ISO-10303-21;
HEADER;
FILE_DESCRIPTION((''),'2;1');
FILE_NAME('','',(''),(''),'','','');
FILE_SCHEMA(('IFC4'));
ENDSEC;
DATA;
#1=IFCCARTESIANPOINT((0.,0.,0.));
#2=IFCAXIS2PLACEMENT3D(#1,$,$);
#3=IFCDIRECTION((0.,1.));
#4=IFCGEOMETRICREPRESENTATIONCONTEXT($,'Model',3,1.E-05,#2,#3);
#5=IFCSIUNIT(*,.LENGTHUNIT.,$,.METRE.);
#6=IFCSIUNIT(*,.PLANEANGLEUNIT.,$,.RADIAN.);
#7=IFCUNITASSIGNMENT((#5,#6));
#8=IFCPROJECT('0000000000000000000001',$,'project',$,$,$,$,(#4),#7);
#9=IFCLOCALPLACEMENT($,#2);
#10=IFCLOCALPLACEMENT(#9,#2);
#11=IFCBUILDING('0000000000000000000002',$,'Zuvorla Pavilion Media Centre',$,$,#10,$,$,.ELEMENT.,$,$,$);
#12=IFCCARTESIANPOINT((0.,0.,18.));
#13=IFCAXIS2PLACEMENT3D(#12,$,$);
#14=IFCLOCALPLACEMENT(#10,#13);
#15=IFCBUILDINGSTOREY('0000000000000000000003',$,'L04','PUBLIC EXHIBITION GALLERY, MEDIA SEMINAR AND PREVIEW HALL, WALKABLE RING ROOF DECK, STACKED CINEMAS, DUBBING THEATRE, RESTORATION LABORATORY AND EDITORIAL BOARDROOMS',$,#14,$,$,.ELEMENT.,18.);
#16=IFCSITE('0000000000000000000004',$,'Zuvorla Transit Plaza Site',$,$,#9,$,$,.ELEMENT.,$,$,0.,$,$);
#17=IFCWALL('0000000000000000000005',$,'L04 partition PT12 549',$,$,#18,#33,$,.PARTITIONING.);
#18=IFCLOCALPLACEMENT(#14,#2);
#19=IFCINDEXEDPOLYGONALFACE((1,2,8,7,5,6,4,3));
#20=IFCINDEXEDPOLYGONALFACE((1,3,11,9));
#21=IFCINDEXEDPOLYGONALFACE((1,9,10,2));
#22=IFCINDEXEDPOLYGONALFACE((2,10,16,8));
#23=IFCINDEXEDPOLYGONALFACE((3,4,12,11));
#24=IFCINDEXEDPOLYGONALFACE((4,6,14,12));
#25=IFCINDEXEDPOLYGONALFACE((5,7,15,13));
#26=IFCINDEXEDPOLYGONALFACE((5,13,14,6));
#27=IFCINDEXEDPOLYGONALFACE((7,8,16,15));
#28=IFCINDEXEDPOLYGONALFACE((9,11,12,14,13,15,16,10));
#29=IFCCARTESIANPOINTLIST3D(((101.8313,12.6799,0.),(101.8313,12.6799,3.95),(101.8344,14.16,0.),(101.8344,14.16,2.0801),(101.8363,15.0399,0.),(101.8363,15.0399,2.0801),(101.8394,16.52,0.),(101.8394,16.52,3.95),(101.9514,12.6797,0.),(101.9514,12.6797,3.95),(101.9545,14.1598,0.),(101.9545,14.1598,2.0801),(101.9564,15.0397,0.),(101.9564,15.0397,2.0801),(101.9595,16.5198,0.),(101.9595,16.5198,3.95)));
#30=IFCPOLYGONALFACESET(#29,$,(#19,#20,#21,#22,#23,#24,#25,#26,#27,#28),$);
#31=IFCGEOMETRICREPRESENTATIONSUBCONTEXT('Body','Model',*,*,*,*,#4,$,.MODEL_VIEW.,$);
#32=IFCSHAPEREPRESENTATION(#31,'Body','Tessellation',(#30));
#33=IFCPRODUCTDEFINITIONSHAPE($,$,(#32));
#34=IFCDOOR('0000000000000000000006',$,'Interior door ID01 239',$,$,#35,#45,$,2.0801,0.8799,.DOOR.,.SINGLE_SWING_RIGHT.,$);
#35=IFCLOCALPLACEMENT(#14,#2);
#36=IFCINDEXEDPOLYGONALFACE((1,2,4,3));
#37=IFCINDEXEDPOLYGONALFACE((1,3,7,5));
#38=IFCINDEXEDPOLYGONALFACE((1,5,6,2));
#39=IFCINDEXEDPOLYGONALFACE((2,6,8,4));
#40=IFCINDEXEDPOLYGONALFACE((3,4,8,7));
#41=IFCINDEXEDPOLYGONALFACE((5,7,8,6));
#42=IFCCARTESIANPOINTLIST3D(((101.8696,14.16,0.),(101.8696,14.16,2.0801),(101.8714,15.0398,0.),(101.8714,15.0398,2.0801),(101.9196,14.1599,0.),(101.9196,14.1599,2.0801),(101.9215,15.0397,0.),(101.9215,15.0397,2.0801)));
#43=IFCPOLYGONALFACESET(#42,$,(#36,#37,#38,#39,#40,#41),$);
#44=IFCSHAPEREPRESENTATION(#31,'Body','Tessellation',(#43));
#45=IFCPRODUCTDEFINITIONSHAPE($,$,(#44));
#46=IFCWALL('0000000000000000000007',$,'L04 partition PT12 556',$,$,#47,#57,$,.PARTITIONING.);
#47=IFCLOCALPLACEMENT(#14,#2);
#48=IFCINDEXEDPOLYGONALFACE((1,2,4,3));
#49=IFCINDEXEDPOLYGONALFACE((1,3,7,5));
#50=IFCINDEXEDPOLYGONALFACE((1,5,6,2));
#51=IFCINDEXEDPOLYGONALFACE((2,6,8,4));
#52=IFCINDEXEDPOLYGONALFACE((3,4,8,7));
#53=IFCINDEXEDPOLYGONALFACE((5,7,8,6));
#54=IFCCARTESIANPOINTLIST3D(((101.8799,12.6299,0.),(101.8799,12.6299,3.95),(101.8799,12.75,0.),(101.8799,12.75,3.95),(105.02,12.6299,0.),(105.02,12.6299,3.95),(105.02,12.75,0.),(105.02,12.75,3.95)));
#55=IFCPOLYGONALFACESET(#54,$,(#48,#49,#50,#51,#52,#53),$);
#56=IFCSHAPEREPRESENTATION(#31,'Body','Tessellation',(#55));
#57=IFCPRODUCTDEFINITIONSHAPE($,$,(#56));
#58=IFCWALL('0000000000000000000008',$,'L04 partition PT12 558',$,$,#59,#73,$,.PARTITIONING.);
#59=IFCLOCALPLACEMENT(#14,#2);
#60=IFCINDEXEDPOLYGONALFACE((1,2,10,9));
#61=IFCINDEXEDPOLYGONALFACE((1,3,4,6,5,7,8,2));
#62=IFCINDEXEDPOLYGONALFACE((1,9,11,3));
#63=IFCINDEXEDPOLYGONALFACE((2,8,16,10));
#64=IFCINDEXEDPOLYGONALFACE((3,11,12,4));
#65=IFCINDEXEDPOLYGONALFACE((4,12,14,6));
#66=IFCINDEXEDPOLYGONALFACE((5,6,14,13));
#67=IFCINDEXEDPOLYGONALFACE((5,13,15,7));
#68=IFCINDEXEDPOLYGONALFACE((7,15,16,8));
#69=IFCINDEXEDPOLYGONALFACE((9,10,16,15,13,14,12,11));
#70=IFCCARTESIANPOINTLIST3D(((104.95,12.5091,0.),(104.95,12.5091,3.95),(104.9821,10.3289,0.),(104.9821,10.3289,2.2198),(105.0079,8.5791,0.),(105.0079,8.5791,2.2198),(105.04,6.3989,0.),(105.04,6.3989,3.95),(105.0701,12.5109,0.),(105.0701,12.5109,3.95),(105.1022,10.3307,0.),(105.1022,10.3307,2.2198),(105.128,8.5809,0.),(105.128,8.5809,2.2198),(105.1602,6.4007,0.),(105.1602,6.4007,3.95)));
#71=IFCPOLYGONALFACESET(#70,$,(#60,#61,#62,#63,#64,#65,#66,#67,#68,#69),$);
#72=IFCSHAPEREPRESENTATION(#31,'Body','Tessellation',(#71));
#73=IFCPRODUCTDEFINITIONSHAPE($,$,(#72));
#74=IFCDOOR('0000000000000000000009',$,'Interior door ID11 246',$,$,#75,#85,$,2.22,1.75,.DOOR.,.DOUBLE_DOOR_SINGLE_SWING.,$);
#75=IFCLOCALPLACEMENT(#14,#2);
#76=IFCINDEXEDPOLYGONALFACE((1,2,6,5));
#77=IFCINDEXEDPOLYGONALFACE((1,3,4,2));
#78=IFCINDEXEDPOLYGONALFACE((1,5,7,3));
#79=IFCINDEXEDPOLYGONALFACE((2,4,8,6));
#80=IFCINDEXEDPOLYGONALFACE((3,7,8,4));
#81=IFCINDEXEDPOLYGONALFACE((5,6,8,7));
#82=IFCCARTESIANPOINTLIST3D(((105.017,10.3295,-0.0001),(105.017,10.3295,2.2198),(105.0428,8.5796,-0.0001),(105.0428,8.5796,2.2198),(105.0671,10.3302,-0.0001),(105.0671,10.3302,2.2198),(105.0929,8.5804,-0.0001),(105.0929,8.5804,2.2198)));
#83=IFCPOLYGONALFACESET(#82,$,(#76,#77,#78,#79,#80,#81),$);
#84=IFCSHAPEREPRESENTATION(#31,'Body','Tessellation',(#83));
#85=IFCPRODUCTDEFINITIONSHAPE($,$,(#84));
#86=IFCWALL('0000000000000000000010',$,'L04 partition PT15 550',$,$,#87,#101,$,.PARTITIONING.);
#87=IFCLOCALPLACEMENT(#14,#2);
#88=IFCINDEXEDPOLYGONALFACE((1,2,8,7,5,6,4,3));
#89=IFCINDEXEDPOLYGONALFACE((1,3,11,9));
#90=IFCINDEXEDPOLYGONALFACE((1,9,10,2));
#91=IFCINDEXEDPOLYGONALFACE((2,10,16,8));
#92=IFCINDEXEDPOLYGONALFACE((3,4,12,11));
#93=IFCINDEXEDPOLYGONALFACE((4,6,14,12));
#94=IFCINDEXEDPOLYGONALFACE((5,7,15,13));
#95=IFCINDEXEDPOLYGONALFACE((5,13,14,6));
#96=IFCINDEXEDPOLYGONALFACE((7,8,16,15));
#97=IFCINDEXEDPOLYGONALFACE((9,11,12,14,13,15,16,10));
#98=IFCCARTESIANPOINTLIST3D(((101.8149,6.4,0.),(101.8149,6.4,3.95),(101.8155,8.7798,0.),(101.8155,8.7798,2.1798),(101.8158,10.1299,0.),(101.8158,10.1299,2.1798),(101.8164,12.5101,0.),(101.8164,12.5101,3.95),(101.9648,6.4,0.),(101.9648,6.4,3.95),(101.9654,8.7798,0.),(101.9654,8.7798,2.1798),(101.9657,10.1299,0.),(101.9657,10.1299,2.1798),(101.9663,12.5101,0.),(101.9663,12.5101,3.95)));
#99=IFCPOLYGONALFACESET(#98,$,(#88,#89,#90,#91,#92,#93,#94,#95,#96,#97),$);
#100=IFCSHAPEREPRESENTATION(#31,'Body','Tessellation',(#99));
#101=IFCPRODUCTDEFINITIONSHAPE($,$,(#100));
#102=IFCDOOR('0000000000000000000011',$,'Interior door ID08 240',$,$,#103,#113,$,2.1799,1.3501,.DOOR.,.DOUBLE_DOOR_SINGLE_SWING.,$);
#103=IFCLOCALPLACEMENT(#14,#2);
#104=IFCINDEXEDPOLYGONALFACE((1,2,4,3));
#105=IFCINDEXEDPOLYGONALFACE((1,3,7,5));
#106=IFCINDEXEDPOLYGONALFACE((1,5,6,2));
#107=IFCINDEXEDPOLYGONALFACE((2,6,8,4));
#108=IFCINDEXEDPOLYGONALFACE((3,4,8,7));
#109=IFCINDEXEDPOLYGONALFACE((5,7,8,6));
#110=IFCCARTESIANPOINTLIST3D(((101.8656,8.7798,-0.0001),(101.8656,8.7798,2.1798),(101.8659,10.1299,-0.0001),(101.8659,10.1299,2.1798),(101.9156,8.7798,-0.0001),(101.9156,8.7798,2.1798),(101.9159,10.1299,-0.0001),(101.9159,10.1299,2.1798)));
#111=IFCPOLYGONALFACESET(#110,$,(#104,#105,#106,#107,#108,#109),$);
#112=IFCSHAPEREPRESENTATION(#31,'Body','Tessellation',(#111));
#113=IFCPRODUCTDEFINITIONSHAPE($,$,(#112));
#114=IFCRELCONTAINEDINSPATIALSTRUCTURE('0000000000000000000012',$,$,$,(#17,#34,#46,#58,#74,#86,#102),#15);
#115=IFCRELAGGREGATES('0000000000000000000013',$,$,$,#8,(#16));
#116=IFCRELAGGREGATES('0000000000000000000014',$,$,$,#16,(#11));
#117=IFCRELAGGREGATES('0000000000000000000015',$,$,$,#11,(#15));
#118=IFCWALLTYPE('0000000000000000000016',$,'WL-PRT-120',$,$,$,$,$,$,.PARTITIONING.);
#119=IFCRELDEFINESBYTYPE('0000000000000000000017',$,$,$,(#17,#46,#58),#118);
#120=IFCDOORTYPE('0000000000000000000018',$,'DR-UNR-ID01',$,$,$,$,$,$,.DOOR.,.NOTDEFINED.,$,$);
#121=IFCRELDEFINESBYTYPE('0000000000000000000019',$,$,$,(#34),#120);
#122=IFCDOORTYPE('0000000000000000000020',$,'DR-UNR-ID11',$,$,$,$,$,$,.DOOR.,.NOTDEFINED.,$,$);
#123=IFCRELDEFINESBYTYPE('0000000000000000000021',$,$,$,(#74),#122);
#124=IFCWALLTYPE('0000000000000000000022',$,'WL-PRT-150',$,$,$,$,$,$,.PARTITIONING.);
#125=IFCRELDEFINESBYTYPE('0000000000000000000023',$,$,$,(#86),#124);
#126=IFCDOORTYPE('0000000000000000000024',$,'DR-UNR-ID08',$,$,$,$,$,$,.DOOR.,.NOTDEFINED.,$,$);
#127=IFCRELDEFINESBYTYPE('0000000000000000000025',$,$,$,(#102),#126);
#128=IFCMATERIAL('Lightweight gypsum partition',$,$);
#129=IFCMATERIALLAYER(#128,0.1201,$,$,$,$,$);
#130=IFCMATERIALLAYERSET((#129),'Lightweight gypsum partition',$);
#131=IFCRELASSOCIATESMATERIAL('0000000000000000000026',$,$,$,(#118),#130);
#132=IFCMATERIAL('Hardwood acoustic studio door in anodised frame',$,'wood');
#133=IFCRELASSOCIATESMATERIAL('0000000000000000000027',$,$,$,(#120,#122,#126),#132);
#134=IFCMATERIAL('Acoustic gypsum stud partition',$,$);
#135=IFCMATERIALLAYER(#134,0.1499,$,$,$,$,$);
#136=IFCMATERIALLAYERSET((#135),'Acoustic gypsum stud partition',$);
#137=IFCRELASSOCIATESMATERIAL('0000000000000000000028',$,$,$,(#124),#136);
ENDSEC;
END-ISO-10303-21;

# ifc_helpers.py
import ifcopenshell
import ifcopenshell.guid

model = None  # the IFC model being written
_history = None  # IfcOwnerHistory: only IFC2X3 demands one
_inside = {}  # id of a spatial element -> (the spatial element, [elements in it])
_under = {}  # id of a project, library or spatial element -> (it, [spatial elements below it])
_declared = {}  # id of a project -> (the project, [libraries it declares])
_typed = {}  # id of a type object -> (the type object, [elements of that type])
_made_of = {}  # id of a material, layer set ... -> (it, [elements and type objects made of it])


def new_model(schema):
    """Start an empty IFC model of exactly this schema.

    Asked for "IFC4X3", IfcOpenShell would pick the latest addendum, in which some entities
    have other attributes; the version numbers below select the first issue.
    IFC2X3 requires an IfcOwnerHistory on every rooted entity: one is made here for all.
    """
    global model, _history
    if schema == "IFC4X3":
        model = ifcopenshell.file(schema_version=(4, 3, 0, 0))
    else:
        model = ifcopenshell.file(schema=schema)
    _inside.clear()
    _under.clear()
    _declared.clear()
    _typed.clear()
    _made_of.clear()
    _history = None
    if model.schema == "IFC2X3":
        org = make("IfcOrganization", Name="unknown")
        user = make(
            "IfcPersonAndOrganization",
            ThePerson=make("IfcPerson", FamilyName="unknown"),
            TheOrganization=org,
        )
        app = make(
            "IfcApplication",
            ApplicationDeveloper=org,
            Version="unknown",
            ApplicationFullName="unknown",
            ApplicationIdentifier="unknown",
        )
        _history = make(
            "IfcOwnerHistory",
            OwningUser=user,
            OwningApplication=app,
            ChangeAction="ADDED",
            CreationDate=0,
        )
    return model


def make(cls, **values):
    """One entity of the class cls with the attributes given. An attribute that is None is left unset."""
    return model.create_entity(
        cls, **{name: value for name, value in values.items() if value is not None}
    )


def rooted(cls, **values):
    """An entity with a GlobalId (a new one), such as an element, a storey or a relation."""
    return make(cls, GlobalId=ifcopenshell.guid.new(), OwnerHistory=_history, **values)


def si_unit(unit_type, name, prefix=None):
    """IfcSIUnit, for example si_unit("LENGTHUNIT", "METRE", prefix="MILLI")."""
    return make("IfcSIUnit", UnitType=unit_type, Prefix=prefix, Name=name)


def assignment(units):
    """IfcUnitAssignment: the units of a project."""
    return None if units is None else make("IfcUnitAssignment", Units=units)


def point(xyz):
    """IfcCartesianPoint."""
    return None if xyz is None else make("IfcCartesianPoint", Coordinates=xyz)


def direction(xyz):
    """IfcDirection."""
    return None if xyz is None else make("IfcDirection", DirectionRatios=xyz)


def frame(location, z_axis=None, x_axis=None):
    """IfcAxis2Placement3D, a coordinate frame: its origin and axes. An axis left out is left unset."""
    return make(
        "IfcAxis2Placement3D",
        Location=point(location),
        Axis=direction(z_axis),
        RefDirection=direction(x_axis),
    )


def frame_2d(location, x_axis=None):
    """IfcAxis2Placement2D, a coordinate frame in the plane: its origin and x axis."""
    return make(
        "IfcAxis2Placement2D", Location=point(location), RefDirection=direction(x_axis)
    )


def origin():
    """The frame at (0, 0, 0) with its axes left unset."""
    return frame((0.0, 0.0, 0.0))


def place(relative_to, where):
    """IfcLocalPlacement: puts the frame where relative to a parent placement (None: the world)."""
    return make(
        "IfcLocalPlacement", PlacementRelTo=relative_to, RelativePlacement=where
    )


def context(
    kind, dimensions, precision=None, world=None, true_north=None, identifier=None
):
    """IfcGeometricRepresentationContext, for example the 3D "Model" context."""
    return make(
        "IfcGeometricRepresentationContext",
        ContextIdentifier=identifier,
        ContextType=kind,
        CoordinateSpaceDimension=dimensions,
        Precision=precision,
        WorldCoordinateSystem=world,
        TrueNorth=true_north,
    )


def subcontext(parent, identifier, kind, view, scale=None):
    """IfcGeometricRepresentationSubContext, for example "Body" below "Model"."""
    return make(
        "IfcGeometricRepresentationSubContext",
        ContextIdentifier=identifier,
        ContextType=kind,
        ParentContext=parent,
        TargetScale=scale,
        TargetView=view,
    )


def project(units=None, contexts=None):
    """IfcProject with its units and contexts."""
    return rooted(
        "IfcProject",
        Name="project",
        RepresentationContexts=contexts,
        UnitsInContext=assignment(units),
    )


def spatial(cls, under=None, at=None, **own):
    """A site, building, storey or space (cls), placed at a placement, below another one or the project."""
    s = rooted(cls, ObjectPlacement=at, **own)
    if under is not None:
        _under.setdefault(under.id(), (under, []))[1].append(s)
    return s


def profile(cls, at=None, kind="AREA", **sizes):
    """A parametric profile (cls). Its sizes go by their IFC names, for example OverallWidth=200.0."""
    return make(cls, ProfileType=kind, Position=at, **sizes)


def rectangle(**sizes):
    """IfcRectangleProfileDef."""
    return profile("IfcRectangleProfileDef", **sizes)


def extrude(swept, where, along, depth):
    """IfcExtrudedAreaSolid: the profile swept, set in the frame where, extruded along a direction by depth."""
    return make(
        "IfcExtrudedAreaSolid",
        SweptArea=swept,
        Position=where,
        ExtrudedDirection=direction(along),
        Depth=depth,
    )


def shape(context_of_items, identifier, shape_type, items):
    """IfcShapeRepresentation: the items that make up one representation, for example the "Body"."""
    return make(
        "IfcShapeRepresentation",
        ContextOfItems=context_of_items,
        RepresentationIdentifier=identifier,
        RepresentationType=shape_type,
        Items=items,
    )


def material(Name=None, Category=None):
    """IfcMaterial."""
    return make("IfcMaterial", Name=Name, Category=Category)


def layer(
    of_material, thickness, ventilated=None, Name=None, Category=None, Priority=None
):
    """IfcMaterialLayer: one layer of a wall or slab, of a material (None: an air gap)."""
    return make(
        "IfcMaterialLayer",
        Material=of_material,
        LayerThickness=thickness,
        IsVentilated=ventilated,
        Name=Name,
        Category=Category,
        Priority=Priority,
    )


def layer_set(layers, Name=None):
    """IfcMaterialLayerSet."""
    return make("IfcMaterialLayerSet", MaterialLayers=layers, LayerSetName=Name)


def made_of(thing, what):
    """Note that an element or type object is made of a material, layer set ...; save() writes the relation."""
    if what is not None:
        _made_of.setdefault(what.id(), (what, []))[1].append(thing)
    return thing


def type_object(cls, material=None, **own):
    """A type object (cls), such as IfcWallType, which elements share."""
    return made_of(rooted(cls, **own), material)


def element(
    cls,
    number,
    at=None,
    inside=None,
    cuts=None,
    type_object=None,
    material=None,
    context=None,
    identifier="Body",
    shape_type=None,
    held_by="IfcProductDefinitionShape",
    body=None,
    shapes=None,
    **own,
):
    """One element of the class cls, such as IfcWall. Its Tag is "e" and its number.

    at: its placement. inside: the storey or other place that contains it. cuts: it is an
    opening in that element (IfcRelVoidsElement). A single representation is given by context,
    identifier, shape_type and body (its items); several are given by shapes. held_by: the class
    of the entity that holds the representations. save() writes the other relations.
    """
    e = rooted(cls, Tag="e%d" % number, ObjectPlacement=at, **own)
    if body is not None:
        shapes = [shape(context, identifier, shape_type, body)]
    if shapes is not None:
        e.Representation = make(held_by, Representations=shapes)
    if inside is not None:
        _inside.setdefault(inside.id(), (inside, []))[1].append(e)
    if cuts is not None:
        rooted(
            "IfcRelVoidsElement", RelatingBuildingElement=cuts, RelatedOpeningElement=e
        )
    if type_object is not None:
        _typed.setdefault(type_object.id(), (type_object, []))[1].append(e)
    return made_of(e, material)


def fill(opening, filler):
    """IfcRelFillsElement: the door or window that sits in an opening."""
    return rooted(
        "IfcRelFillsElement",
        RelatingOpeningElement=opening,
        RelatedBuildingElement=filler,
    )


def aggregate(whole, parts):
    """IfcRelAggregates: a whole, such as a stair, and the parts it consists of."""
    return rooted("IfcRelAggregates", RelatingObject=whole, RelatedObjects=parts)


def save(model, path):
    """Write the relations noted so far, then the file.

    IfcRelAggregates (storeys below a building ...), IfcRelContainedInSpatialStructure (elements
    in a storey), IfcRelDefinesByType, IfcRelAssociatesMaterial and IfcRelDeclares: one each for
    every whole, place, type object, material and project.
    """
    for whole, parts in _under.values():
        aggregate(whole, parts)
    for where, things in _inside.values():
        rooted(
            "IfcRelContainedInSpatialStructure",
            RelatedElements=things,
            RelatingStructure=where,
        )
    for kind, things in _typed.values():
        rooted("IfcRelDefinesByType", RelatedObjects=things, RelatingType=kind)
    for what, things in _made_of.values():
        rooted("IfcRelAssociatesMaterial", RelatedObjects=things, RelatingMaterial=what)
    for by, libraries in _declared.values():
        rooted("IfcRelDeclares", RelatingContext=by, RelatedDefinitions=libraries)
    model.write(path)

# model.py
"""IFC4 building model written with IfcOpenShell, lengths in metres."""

from ifc_helpers import new_model, si_unit, direction, frame, frame_2d, origin, place, context, subcontext, project, spatial, rectangle, extrude, material, layer, layer_set, type_object, element, fill, save


model = new_model("IFC4")

# Units and contexts
model_context = context("Model", 3, precision=1e-05, world=origin(), true_north=direction((0.0, 1.0)))
body_context = subcontext(model_context, "Body", "Model", "MODEL_VIEW")
ifc_project = project(units=[si_unit("LENGTHUNIT", "METRE"), si_unit("PLANEANGLEUNIT", "RADIAN")], contexts=[model_context])

# Site, building, storey
site_placement = place(None, origin())
site = spatial("IfcSite", under=ifc_project, at=site_placement, Name="Zuvorla Transit Plaza Site", CompositionType="ELEMENT", RefElevation=0.0)
building_placement = place(site_placement, origin())
building = spatial("IfcBuilding", under=site, at=building_placement, Name="Zuvorla Pavilion Media Centre", CompositionType="ELEMENT")
storey_placement = place(building_placement, frame((0.0, 0.0, 18.0)))
storey = spatial("IfcBuildingStorey", under=building, at=storey_placement, Name="L04", Description="PUBLIC EXHIBITION GALLERY, MEDIA SEMINAR AND PREVIEW HALL, WALKABLE RING ROOF DECK, STACKED CINEMAS, DUBBING THEATRE, RESTORATION LABORATORY AND EDITORIAL BOARDROOMS", CompositionType="ELEMENT", Elevation=18.0)

# Wall, opening, door
ifc_material_1 = material(Name="Lightweight gypsum partition")
ifc_layer_1 = layer(ifc_material_1, 0.1201)
ifc_layer_set_1 = layer_set([ifc_layer_1], Name="Lightweight gypsum partition")
wall_type_1 = type_object("IfcWallType", Name="WL-PRT-120", PredefinedType="PARTITIONING", material=ifc_layer_set_1)
wall_1_placement = place(storey_placement, frame((101.8914, 12.6799, 0.0), z_axis=(0.0, 0.0, 1.0), x_axis=(0.002098, 0.999998, 0.0)))
wall_1 = element("IfcWall", 1, at=wall_1_placement, inside=storey, type_object=wall_type_1, Name="L04 partition PT12 549", PredefinedType="PARTITIONING", context=body_context, shape_type="SweptSolid", body=[
    extrude(rectangle(XDim=3.8401, YDim=0.1201, at=frame_2d((1.9199, 0.0))), origin(), (0.0, 0.0, 1.0), 3.95),
])
opening_1_placement = place(wall_1_placement, frame((1.48, 0.0, 0.0)))
opening_1 = element("IfcOpeningElement", 2, at=opening_1_placement, cuts=wall_1, PredefinedType="OPENING", context=body_context, shape_type="SweptSolid", body=[
    extrude(rectangle(XDim=0.8799, YDim=2.0801, at=frame_2d((0.4399, 1.04))), frame((0.0, 0.0701, 0.0), z_axis=(0.0, -1.0, 0.0), x_axis=(1.0, 0.0, 0.0)), (0.0, 0.0, 1.0), 0.1401),
])
ifc_material_2 = material(Name="Hardwood acoustic studio door in anodised frame", Category="wood")
door_type_1 = type_object("IfcDoorType", Name="DR-UNR-ID01", OperationType="NOTDEFINED", PredefinedType="DOOR", material=ifc_material_2)
door_1_placement = place(opening_1_placement, origin())
door_1 = element("IfcDoor", 3, at=door_1_placement, inside=storey, type_object=door_type_1, Name="Interior door ID01 239", OperationType="SINGLE_SWING_RIGHT", OverallHeight=2.0801, OverallWidth=0.8799, PredefinedType="DOOR", context=body_context, shape_type="SweptSolid", body=[
    extrude(rectangle(XDim=0.8799, YDim=2.0801, at=frame_2d((0.4399, 1.04))), frame((0.0, 0.0249, 0.0), z_axis=(0.0, -1.0, 0.0), x_axis=(1.0, 0.0, 0.0)), (0.0, 0.0, 1.0), 0.05),
])
fill(opening_1, door_1)

# Wall
wall_2_placement = place(storey_placement, frame((105.02, 12.6899, 0.0), z_axis=(0.0, 0.0, 1.0), x_axis=(-1.0, 0.0, 0.0)))
element("IfcWall", 4, at=wall_2_placement, inside=storey, type_object=wall_type_1, Name="L04 partition PT12 556", PredefinedType="PARTITIONING", context=body_context, shape_type="SweptSolid", body=[
    extrude(rectangle(XDim=3.1401, YDim=0.1201, at=frame_2d((1.5701, 0.0))), origin(), (0.0, 0.0, 1.0), 3.95),
])

# Walls, openings, doors
wall_3_placement = place(storey_placement, frame((105.01, 12.51, 0.0), z_axis=(0.0, 0.0, 1.0), x_axis=(0.014742, -0.999891, 0.0)))
wall_3 = element("IfcWall", 5, at=wall_3_placement, inside=storey, type_object=wall_type_1, Name="L04 partition PT12 558", PredefinedType="PARTITIONING", context=body_context, shape_type="SweptSolid", body=[
    extrude(rectangle(XDim=6.1108, YDim=0.1201, at=frame_2d((3.0554, 0.0))), origin(), (0.0, 0.0, 1.0), 3.95),
])
opening_2_placement = place(wall_3_placement, frame((2.1804, 0.0, 0.0)))
opening_2 = element("IfcOpeningElement", 6, at=opening_2_placement, cuts=wall_3, PredefinedType="OPENING", context=body_context, shape_type="SweptSolid", body=[
    extrude(rectangle(XDim=1.75, YDim=2.22, at=frame_2d((0.875, 1.1099))), frame((0.0, 0.0701, 0.0), z_axis=(0.0, -1.0, 0.0), x_axis=(1.0, 0.0, 0.0)), (0.0, 0.0, 1.0), 0.1401),
])
door_type_2 = type_object("IfcDoorType", Name="DR-UNR-ID11", OperationType="NOTDEFINED", PredefinedType="DOOR", material=ifc_material_2)
door_2_placement = place(opening_2_placement, origin())
door_2 = element("IfcDoor", 7, at=door_2_placement, inside=storey, type_object=door_type_2, Name="Interior door ID11 246", OperationType="DOUBLE_DOOR_SINGLE_SWING", OverallHeight=2.22, OverallWidth=1.75, PredefinedType="DOOR", context=body_context, shape_type="SweptSolid", body=[
    extrude(rectangle(XDim=1.75, YDim=2.22, at=frame_2d((0.875, 1.1099))), frame((0.0, 0.0249, 0.0), z_axis=(0.0, -1.0, 0.0), x_axis=(1.0, 0.0, 0.0)), (0.0, 0.0, 1.0), 0.05),
])
fill(opening_2, door_2)
ifc_material_3 = material(Name="Acoustic gypsum stud partition")
ifc_layer_2 = layer(ifc_material_3, 0.1499)
ifc_layer_set_2 = layer_set([ifc_layer_2], Name="Acoustic gypsum stud partition")
wall_type_2 = type_object("IfcWallType", Name="WL-PRT-150", PredefinedType="PARTITIONING", material=ifc_layer_set_2)
wall_4_placement = place(storey_placement, frame((101.8899, 6.3999, 0.0), z_axis=(0.0, 0.0, 1.0), x_axis=(0.00024, 1.0, 0.0)))
wall_4 = element("IfcWall", 8, at=wall_4_placement, inside=storey, type_object=wall_type_2, Name="L04 partition PT15 550", PredefinedType="PARTITIONING", context=body_context, shape_type="SweptSolid", body=[
    extrude(rectangle(XDim=6.1101, YDim=0.1499, at=frame_2d((3.0552, 0.0))), origin(), (0.0, 0.0, 1.0), 3.95),
])
opening_3_placement = place(wall_4_placement, frame((2.3799, 0.0, 0.0)))
opening_3 = element("IfcOpeningElement", 9, at=opening_3_placement, cuts=wall_4, PredefinedType="OPENING", context=body_context, shape_type="SweptSolid", body=[
    extrude(rectangle(XDim=1.3501, YDim=2.1799, at=frame_2d((0.675, 1.0898))), frame((0.0, 0.085, 0.0), z_axis=(0.0, -1.0, 0.0), x_axis=(1.0, 0.0, 0.0)), (0.0, 0.0, 1.0), 0.1699),
])
door_type_3 = type_object("IfcDoorType", Name="DR-UNR-ID08", OperationType="NOTDEFINED", PredefinedType="DOOR", material=ifc_material_2)
door_3_placement = place(opening_3_placement, origin())
door_3 = element("IfcDoor", 10, at=door_3_placement, inside=storey, type_object=door_type_3, Name="Interior door ID08 240", OperationType="DOUBLE_DOOR_SINGLE_SWING", OverallHeight=2.1799, OverallWidth=1.3501, PredefinedType="DOOR", context=body_context, shape_type="SweptSolid", body=[
    extrude(rectangle(XDim=1.3501, YDim=2.1799, at=frame_2d((0.675, 1.0898))), frame((0.0, 0.0249, 0.0), z_axis=(0.0, -1.0, 0.0), x_axis=(1.0, 0.0, 0.0)), (0.0, 0.0, 1.0), 0.05),
])
fill(opening_3, door_3)

save(model, "model.ifc")
